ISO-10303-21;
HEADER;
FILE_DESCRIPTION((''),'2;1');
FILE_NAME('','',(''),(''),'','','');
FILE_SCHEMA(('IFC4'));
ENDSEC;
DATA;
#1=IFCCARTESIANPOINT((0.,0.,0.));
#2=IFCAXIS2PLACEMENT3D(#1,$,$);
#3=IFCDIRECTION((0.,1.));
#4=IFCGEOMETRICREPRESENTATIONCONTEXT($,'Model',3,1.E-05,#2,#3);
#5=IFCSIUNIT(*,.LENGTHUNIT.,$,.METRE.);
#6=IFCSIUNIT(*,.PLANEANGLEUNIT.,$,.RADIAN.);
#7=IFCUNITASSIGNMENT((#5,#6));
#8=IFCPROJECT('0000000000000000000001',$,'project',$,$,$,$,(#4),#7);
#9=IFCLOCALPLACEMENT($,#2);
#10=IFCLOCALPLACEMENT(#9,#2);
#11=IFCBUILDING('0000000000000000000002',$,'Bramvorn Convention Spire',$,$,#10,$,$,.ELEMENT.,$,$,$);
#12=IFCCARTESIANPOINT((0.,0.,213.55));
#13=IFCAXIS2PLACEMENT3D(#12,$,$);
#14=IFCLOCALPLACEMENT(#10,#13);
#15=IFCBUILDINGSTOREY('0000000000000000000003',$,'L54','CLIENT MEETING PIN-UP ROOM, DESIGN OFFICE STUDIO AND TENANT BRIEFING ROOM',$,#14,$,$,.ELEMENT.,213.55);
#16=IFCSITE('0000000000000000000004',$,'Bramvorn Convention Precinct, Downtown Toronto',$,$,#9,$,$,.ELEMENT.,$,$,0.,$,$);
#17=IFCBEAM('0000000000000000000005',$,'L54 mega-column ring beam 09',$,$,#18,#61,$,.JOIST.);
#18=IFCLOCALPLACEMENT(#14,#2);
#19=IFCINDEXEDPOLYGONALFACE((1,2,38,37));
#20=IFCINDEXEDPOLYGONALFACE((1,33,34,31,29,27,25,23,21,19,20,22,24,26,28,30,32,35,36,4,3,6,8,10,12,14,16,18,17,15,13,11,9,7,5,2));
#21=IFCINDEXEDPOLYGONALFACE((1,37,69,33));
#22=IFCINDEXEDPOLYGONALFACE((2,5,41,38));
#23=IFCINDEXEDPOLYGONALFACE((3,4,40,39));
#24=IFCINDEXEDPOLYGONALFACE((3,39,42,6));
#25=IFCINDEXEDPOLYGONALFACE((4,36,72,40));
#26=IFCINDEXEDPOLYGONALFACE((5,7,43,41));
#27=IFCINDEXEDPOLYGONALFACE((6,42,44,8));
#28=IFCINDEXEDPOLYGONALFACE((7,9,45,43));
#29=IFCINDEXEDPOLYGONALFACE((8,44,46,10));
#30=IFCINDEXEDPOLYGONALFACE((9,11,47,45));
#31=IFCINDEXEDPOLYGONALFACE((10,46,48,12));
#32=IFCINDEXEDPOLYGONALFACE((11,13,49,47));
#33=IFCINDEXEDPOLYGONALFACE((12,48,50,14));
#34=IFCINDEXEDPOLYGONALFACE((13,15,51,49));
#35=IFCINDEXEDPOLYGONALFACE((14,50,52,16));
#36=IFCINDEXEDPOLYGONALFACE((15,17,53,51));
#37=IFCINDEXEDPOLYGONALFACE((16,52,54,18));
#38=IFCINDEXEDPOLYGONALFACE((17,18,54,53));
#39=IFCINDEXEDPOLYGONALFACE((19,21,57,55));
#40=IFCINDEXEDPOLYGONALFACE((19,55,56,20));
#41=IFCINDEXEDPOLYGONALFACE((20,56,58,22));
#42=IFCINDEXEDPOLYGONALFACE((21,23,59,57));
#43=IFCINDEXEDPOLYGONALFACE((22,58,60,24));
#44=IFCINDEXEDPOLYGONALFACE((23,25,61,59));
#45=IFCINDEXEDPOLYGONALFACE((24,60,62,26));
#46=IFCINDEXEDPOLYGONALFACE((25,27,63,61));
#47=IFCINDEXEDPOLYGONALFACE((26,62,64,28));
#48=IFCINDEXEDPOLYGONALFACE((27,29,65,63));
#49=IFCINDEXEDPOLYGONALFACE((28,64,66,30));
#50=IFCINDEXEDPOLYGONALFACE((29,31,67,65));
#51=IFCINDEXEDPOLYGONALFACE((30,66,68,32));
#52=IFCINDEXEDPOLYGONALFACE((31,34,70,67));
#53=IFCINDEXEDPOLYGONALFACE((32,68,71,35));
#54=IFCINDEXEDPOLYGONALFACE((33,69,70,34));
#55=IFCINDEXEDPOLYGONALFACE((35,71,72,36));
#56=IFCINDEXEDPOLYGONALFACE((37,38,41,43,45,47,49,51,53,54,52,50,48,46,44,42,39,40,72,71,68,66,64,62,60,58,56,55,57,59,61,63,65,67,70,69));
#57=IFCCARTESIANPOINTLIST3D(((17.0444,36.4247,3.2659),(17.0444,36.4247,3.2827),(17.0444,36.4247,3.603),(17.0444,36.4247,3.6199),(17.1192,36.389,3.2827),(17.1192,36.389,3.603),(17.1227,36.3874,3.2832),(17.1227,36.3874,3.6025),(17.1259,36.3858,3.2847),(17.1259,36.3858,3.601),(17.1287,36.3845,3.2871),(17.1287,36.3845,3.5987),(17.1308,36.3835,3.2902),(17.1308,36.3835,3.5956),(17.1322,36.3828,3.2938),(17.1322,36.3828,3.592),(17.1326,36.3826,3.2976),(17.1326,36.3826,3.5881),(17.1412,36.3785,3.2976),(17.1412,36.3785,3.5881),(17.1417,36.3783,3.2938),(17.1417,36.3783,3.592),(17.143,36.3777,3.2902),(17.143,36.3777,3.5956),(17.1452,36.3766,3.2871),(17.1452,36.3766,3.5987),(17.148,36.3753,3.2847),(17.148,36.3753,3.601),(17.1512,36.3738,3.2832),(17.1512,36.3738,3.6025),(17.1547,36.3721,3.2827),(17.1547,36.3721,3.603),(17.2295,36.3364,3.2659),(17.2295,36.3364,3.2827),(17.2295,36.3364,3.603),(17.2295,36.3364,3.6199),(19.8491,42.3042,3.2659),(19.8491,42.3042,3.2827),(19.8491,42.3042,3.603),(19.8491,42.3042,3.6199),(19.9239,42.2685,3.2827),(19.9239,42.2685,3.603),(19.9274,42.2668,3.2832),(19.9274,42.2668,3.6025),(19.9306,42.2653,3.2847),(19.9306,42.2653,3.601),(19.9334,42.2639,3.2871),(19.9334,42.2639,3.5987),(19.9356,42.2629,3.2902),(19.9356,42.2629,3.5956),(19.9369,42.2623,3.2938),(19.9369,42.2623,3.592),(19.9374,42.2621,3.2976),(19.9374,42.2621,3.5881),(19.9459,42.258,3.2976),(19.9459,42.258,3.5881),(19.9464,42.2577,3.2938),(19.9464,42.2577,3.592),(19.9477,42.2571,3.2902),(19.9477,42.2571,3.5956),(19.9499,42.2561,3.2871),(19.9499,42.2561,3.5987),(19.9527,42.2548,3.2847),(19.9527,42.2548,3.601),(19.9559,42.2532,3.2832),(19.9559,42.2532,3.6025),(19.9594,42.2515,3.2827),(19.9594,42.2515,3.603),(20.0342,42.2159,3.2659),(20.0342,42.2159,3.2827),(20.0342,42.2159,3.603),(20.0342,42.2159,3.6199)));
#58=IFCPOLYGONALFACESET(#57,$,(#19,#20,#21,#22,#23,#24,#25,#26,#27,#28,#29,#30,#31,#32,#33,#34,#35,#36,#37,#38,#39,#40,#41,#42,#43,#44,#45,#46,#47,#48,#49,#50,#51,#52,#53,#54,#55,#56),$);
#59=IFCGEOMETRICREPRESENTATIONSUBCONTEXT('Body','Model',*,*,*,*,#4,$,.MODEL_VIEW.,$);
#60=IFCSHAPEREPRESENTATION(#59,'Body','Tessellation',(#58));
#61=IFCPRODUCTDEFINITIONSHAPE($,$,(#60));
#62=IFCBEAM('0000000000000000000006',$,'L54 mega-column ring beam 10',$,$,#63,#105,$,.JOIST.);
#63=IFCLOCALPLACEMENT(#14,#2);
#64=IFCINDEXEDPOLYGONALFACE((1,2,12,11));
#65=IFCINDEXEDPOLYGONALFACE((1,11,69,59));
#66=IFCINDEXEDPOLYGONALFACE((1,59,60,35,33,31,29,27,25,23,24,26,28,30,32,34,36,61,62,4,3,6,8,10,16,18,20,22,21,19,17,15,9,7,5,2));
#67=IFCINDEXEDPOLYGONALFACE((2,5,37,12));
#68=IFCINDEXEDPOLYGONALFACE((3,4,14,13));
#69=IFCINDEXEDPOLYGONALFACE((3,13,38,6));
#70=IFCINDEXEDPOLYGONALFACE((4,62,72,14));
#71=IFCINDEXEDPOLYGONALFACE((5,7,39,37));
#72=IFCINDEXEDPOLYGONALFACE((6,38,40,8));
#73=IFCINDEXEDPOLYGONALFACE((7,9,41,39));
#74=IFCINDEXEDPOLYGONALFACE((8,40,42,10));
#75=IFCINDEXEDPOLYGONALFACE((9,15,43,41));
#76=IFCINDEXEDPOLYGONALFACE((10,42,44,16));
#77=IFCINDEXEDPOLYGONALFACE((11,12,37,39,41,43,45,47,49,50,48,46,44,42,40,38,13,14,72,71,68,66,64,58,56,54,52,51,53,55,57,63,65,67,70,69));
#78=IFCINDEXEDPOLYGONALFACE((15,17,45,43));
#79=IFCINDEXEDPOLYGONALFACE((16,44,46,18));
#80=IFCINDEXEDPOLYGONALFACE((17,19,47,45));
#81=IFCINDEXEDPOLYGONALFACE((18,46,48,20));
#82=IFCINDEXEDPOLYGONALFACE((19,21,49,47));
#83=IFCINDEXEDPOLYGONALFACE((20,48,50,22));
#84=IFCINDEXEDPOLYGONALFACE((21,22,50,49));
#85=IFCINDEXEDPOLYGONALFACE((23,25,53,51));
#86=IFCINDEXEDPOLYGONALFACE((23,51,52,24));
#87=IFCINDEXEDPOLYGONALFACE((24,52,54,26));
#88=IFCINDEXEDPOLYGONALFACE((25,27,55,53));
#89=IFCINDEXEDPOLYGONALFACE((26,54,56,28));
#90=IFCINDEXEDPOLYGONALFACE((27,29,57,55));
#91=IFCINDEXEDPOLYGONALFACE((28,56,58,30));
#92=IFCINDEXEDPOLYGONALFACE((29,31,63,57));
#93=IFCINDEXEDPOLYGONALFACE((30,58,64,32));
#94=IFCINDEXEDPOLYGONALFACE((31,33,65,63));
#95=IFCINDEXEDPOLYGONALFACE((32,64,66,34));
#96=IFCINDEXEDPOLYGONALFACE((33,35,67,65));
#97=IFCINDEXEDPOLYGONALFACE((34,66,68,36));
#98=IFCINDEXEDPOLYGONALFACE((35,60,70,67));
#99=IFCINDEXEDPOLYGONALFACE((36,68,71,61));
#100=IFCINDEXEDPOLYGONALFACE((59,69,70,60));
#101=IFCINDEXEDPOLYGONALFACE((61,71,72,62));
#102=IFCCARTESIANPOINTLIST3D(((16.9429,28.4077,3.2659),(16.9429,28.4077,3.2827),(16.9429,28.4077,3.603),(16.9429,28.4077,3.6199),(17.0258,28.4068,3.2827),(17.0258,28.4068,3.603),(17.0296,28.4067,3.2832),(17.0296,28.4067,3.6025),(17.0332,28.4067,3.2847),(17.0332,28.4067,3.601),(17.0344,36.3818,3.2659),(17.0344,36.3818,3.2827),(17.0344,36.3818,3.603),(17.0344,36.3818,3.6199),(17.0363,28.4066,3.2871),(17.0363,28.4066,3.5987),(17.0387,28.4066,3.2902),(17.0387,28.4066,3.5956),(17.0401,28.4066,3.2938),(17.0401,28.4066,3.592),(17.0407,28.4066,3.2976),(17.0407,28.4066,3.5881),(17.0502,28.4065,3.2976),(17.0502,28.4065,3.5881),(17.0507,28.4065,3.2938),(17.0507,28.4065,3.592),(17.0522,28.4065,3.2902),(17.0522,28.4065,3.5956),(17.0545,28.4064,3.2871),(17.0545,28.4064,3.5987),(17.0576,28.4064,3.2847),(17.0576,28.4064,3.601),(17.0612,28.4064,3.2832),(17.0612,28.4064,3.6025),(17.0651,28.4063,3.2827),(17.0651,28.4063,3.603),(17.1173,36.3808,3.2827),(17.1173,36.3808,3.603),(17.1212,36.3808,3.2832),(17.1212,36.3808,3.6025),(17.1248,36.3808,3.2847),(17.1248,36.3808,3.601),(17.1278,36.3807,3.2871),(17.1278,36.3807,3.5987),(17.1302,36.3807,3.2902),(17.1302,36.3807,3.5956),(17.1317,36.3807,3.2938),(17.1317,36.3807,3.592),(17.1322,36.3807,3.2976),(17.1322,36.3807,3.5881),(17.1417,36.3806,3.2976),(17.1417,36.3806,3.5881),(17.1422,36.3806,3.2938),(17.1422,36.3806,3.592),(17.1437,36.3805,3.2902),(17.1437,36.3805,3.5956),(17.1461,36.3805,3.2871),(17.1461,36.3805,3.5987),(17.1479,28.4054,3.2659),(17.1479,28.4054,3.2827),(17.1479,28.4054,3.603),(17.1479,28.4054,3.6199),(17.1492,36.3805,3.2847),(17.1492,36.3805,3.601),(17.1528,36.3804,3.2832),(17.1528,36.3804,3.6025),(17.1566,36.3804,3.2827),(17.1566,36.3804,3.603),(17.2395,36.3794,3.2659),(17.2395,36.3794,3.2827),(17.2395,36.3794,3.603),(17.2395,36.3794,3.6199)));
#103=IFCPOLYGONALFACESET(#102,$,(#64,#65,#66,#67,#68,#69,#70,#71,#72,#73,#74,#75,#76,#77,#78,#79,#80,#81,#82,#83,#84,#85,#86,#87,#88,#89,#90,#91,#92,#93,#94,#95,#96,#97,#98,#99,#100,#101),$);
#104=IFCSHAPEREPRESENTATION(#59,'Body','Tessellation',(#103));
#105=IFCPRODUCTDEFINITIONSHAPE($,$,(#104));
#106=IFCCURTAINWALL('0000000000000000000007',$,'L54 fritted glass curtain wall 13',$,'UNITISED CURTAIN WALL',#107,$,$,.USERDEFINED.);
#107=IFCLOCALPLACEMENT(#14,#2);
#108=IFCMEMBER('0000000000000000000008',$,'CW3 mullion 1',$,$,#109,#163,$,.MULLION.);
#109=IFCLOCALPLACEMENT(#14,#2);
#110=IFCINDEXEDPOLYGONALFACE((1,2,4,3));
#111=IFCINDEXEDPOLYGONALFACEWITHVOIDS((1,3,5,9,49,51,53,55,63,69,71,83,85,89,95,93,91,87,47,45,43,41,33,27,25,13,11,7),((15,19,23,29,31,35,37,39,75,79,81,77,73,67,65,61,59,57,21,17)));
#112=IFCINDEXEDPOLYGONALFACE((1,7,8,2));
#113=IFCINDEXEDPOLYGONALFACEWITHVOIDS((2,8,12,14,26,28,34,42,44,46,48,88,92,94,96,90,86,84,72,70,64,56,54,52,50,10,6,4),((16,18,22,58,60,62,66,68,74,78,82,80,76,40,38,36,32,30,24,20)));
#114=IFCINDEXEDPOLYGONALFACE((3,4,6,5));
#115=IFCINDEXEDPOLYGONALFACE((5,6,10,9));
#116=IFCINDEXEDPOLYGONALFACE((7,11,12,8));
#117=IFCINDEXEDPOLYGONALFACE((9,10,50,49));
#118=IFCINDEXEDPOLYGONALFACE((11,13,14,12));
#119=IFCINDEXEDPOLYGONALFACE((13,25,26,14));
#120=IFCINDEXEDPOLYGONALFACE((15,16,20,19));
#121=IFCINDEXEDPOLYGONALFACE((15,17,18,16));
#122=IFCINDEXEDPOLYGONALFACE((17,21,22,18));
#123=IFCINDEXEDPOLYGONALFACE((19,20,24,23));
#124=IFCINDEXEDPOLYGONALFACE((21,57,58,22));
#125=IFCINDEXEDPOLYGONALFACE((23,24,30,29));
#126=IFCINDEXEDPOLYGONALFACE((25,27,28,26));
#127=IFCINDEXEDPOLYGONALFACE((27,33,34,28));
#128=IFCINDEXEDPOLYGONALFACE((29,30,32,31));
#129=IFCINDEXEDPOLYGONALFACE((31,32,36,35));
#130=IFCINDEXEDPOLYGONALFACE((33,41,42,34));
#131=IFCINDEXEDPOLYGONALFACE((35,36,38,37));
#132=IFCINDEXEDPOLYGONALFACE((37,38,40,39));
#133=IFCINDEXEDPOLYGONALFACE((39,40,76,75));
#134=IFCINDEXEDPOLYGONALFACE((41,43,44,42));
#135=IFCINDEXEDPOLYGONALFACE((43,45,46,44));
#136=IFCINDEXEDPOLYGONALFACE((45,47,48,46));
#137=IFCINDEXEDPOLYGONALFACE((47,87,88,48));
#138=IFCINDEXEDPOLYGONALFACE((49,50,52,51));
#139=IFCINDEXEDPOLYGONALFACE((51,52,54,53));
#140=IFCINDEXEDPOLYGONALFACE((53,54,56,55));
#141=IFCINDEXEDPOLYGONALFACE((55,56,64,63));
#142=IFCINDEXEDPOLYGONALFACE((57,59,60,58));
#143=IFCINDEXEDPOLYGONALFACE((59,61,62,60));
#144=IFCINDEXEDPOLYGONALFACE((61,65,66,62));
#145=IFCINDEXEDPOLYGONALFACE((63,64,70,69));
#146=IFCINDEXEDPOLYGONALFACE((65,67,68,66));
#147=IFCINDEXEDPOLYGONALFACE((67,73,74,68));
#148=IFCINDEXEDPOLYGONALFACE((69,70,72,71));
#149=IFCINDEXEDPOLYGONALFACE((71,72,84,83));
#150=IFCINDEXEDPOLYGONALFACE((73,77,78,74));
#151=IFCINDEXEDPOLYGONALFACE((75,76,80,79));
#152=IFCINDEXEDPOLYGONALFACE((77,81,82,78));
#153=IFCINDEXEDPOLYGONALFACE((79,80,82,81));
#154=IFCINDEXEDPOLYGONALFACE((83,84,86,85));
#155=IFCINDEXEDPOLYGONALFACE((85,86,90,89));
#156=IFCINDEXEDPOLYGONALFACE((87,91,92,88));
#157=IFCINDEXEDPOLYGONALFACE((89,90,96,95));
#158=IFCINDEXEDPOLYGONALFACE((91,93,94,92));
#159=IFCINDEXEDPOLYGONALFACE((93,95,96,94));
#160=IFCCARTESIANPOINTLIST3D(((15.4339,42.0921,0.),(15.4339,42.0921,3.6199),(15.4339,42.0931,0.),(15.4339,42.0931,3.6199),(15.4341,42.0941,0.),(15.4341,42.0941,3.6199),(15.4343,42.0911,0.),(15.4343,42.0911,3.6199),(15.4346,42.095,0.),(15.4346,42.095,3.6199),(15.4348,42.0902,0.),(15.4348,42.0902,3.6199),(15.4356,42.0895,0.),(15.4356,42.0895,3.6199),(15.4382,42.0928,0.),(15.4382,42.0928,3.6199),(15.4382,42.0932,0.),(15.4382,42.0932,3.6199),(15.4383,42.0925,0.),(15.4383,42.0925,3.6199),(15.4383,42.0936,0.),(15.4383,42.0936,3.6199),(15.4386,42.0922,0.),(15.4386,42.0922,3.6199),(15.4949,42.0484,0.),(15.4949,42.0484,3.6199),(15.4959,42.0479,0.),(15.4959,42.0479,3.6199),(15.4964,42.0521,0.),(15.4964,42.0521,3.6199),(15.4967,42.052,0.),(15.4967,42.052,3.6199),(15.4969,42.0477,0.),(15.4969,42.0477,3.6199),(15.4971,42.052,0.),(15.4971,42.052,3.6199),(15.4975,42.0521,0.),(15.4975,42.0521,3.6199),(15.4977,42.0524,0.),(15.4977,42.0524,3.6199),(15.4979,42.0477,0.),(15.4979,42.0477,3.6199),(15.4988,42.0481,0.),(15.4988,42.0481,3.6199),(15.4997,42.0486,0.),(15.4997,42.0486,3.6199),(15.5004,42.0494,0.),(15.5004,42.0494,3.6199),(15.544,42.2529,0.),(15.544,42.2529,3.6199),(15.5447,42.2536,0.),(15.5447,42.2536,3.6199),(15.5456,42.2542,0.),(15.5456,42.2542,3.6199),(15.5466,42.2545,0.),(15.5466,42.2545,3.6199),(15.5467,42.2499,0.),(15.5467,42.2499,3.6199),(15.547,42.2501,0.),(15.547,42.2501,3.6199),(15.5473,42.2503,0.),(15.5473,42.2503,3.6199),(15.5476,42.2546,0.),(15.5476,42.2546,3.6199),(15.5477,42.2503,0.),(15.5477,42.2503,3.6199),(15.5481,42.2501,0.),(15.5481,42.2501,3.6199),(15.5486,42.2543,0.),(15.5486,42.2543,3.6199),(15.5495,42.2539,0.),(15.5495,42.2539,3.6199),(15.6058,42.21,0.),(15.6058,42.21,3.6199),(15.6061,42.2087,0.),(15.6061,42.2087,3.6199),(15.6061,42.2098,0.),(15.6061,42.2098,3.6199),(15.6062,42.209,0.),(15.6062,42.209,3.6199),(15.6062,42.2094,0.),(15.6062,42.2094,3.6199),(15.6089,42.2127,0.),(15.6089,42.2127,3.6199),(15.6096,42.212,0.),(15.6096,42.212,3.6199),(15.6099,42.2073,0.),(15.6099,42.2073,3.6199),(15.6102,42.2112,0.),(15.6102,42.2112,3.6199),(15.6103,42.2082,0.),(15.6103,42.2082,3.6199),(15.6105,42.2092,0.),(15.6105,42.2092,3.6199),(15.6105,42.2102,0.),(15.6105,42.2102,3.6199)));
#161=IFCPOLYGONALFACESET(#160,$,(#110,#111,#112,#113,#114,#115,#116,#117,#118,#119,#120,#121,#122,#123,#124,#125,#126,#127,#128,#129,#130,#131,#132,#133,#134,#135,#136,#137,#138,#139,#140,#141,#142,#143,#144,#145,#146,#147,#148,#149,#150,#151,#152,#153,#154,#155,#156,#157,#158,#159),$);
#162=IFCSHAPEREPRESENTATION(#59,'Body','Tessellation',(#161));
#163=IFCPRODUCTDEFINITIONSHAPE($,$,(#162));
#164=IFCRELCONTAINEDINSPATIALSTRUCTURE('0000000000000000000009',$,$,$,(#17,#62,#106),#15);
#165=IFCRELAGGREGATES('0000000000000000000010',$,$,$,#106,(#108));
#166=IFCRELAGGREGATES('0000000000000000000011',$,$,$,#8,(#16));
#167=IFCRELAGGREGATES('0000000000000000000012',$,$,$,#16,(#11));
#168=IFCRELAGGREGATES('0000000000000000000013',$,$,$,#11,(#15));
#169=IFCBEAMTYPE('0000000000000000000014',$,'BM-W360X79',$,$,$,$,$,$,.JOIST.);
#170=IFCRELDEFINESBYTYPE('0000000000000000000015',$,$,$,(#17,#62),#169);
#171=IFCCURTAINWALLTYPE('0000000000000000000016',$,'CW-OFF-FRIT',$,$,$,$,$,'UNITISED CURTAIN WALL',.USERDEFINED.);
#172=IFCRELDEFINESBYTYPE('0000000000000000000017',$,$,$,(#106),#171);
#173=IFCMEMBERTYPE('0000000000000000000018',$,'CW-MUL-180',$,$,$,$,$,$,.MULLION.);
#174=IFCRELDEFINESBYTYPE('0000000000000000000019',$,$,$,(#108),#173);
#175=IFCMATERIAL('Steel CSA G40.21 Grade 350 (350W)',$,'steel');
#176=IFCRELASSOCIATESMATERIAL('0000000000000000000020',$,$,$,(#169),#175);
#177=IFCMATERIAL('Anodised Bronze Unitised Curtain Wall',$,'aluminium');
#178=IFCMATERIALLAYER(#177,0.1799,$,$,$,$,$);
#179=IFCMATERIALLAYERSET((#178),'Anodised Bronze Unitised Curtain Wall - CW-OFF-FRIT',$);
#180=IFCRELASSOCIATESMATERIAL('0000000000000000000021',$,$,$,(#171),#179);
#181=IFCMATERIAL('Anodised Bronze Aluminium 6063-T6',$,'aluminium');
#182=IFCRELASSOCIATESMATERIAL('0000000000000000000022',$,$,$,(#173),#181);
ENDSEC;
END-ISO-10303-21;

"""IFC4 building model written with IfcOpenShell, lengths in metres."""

from ifc_helpers import new_model, si_unit, direction, frame, origin, origin_2d, place, context, subcontext, project, spatial, hollow_rectangle, i_section, extrude, material, layer, layer_set, material_profile, profile_set, type_object, element, aggregate, save


model = new_model("IFC4")

# Units and contexts
model_context = context("Model", 3, precision=1e-05, world=origin(), true_north=direction((0.0, 1.0)))
body_context = subcontext(model_context, "Body", "Model", "MODEL_VIEW")
ifc_project = project(units=[si_unit("LENGTHUNIT", "METRE"), si_unit("PLANEANGLEUNIT", "RADIAN")], contexts=[model_context])

# Site, building, storey
site_placement = place(None, origin())
site = spatial("IfcSite", under=ifc_project, at=site_placement, Name="Bramvorn Convention Precinct, Downtown Toronto", CompositionType="ELEMENT", RefElevation=0.0)
building_placement = place(site_placement, origin())
building = spatial("IfcBuilding", under=site, at=building_placement, Name="Bramvorn Convention Spire", CompositionType="ELEMENT")
storey_placement = place(building_placement, frame((0.0, 0.0, 213.55)))
storey = spatial("IfcBuildingStorey", under=building, at=storey_placement, Name="L54", Description="CLIENT MEETING PIN-UP ROOM, DESIGN OFFICE STUDIO AND TENANT BRIEFING ROOM", CompositionType="ELEMENT", Elevation=213.55)

# Shared definitions
ifc_material_1 = material(Name="Steel CSA G40.21 Grade 350 (350W)", Category="steel")

# Beams
ifc_material_profile_1 = material_profile(ifc_material_1, i_section(OverallWidth=0.2051, OverallDepth=0.354, WebThickness=0.0095, FlangeThickness=0.0168, FilletRadius=0.0149, at=origin_2d()))
ifc_profile_set_1 = profile_set([ifc_material_profile_1], Name="Steel CSA G40.21 Grade 350 (350W) - W360X79")
beam_type_1 = type_object("IfcBeamType", Name="BM-W360X79", PredefinedType="JOIST", material=ifc_profile_set_1)
beam_1_placement = place(storey_placement, frame((19.9417, 42.26, 3.4429), z_axis=(-0.430556, -0.902564, 0.0), x_axis=(0.902564, -0.430556, 0.0)))
element("IfcBeam", 1, at=beam_1_placement, inside=storey, type_object=beam_type_1, Name="L54 mega-column ring beam 09", PredefinedType="JOIST", context=body_context, shape_type="SweptSolid", body=[
    extrude(i_section(OverallWidth=0.2051, OverallDepth=0.354, WebThickness=0.0095, FlangeThickness=0.0168, FilletRadius=0.0149, at=origin_2d()), origin(), (0.0, 0.0, 1.0), 6.5142),
])
beam_2_placement = place(storey_placement, frame((17.137, 36.3806, 3.4429), z_axis=(-0.01148, -0.999934, 0.0), x_axis=(0.999934, -0.01148, 0.0)))
element("IfcBeam", 2, at=beam_2_placement, inside=storey, type_object=beam_type_1, Name="L54 mega-column ring beam 10", PredefinedType="JOIST", context=body_context, shape_type="SweptSolid", body=[
    extrude(i_section(OverallWidth=0.2051, OverallDepth=0.354, WebThickness=0.0095, FlangeThickness=0.0168, FilletRadius=0.0149, at=origin_2d()), origin(), (0.0, 0.0, 1.0), 7.9746),
])

# Curtain wall, member
ifc_material_2 = material(Name="Anodised Bronze Unitised Curtain Wall", Category="aluminium")
ifc_layer_1 = layer(ifc_material_2, 0.1799)
ifc_layer_set_1 = layer_set([ifc_layer_1], Name="Anodised Bronze Unitised Curtain Wall - CW-OFF-FRIT")
curtain_wall_type = type_object("IfcCurtainWallType", Name="CW-OFF-FRIT", ElementType="UNITISED CURTAIN WALL", PredefinedType="USERDEFINED", material=ifc_layer_set_1)
curtain_wall_1_placement = place(storey_placement, origin())
curtain_wall_1 = element("IfcCurtainWall", 3, at=curtain_wall_1_placement, inside=storey, type_object=curtain_wall_type, Name="L54 fritted glass curtain wall 13", ObjectType="UNITISED CURTAIN WALL", PredefinedType="USERDEFINED")
ifc_material_3 = material(Name="Anodised Bronze Aluminium 6063-T6", Category="aluminium")
ifc_material_profile_2 = material_profile(ifc_material_3, hollow_rectangle(XDim=0.0801, YDim=0.2, WallThickness=0.0039, InnerFilletRadius=0.001, OuterFilletRadius=0.0039, at=origin_2d()))
ifc_profile_set_2 = profile_set([ifc_material_profile_2], Name="Anodised Bronze Aluminium 6063-T6 - CWM80X200")
member_type_1 = type_object("IfcMemberType", Name="CW-MUL-180", PredefinedType="MULLION", material=ifc_profile_set_2)
member_1_placement = place(storey_placement, frame((15.5222, 42.1511, 0.0), z_axis=(0.0, 0.0, 1.0), x_axis=(-0.821813, 0.569757, 0.0)))
member_1 = element("IfcMember", 4, at=member_1_placement, type_object=member_type_1, Name="CW3 mullion 1", PredefinedType="MULLION", context=body_context, shape_type="SweptSolid", body=[
    extrude(hollow_rectangle(XDim=0.0801, YDim=0.2, WallThickness=0.0039, InnerFilletRadius=0.001, OuterFilletRadius=0.0039, at=origin_2d()), origin(), (0.0, 0.0, 1.0), 3.6199),
])

aggregate(curtain_wall_1, [member_1])

save(model, "model.ifc")
